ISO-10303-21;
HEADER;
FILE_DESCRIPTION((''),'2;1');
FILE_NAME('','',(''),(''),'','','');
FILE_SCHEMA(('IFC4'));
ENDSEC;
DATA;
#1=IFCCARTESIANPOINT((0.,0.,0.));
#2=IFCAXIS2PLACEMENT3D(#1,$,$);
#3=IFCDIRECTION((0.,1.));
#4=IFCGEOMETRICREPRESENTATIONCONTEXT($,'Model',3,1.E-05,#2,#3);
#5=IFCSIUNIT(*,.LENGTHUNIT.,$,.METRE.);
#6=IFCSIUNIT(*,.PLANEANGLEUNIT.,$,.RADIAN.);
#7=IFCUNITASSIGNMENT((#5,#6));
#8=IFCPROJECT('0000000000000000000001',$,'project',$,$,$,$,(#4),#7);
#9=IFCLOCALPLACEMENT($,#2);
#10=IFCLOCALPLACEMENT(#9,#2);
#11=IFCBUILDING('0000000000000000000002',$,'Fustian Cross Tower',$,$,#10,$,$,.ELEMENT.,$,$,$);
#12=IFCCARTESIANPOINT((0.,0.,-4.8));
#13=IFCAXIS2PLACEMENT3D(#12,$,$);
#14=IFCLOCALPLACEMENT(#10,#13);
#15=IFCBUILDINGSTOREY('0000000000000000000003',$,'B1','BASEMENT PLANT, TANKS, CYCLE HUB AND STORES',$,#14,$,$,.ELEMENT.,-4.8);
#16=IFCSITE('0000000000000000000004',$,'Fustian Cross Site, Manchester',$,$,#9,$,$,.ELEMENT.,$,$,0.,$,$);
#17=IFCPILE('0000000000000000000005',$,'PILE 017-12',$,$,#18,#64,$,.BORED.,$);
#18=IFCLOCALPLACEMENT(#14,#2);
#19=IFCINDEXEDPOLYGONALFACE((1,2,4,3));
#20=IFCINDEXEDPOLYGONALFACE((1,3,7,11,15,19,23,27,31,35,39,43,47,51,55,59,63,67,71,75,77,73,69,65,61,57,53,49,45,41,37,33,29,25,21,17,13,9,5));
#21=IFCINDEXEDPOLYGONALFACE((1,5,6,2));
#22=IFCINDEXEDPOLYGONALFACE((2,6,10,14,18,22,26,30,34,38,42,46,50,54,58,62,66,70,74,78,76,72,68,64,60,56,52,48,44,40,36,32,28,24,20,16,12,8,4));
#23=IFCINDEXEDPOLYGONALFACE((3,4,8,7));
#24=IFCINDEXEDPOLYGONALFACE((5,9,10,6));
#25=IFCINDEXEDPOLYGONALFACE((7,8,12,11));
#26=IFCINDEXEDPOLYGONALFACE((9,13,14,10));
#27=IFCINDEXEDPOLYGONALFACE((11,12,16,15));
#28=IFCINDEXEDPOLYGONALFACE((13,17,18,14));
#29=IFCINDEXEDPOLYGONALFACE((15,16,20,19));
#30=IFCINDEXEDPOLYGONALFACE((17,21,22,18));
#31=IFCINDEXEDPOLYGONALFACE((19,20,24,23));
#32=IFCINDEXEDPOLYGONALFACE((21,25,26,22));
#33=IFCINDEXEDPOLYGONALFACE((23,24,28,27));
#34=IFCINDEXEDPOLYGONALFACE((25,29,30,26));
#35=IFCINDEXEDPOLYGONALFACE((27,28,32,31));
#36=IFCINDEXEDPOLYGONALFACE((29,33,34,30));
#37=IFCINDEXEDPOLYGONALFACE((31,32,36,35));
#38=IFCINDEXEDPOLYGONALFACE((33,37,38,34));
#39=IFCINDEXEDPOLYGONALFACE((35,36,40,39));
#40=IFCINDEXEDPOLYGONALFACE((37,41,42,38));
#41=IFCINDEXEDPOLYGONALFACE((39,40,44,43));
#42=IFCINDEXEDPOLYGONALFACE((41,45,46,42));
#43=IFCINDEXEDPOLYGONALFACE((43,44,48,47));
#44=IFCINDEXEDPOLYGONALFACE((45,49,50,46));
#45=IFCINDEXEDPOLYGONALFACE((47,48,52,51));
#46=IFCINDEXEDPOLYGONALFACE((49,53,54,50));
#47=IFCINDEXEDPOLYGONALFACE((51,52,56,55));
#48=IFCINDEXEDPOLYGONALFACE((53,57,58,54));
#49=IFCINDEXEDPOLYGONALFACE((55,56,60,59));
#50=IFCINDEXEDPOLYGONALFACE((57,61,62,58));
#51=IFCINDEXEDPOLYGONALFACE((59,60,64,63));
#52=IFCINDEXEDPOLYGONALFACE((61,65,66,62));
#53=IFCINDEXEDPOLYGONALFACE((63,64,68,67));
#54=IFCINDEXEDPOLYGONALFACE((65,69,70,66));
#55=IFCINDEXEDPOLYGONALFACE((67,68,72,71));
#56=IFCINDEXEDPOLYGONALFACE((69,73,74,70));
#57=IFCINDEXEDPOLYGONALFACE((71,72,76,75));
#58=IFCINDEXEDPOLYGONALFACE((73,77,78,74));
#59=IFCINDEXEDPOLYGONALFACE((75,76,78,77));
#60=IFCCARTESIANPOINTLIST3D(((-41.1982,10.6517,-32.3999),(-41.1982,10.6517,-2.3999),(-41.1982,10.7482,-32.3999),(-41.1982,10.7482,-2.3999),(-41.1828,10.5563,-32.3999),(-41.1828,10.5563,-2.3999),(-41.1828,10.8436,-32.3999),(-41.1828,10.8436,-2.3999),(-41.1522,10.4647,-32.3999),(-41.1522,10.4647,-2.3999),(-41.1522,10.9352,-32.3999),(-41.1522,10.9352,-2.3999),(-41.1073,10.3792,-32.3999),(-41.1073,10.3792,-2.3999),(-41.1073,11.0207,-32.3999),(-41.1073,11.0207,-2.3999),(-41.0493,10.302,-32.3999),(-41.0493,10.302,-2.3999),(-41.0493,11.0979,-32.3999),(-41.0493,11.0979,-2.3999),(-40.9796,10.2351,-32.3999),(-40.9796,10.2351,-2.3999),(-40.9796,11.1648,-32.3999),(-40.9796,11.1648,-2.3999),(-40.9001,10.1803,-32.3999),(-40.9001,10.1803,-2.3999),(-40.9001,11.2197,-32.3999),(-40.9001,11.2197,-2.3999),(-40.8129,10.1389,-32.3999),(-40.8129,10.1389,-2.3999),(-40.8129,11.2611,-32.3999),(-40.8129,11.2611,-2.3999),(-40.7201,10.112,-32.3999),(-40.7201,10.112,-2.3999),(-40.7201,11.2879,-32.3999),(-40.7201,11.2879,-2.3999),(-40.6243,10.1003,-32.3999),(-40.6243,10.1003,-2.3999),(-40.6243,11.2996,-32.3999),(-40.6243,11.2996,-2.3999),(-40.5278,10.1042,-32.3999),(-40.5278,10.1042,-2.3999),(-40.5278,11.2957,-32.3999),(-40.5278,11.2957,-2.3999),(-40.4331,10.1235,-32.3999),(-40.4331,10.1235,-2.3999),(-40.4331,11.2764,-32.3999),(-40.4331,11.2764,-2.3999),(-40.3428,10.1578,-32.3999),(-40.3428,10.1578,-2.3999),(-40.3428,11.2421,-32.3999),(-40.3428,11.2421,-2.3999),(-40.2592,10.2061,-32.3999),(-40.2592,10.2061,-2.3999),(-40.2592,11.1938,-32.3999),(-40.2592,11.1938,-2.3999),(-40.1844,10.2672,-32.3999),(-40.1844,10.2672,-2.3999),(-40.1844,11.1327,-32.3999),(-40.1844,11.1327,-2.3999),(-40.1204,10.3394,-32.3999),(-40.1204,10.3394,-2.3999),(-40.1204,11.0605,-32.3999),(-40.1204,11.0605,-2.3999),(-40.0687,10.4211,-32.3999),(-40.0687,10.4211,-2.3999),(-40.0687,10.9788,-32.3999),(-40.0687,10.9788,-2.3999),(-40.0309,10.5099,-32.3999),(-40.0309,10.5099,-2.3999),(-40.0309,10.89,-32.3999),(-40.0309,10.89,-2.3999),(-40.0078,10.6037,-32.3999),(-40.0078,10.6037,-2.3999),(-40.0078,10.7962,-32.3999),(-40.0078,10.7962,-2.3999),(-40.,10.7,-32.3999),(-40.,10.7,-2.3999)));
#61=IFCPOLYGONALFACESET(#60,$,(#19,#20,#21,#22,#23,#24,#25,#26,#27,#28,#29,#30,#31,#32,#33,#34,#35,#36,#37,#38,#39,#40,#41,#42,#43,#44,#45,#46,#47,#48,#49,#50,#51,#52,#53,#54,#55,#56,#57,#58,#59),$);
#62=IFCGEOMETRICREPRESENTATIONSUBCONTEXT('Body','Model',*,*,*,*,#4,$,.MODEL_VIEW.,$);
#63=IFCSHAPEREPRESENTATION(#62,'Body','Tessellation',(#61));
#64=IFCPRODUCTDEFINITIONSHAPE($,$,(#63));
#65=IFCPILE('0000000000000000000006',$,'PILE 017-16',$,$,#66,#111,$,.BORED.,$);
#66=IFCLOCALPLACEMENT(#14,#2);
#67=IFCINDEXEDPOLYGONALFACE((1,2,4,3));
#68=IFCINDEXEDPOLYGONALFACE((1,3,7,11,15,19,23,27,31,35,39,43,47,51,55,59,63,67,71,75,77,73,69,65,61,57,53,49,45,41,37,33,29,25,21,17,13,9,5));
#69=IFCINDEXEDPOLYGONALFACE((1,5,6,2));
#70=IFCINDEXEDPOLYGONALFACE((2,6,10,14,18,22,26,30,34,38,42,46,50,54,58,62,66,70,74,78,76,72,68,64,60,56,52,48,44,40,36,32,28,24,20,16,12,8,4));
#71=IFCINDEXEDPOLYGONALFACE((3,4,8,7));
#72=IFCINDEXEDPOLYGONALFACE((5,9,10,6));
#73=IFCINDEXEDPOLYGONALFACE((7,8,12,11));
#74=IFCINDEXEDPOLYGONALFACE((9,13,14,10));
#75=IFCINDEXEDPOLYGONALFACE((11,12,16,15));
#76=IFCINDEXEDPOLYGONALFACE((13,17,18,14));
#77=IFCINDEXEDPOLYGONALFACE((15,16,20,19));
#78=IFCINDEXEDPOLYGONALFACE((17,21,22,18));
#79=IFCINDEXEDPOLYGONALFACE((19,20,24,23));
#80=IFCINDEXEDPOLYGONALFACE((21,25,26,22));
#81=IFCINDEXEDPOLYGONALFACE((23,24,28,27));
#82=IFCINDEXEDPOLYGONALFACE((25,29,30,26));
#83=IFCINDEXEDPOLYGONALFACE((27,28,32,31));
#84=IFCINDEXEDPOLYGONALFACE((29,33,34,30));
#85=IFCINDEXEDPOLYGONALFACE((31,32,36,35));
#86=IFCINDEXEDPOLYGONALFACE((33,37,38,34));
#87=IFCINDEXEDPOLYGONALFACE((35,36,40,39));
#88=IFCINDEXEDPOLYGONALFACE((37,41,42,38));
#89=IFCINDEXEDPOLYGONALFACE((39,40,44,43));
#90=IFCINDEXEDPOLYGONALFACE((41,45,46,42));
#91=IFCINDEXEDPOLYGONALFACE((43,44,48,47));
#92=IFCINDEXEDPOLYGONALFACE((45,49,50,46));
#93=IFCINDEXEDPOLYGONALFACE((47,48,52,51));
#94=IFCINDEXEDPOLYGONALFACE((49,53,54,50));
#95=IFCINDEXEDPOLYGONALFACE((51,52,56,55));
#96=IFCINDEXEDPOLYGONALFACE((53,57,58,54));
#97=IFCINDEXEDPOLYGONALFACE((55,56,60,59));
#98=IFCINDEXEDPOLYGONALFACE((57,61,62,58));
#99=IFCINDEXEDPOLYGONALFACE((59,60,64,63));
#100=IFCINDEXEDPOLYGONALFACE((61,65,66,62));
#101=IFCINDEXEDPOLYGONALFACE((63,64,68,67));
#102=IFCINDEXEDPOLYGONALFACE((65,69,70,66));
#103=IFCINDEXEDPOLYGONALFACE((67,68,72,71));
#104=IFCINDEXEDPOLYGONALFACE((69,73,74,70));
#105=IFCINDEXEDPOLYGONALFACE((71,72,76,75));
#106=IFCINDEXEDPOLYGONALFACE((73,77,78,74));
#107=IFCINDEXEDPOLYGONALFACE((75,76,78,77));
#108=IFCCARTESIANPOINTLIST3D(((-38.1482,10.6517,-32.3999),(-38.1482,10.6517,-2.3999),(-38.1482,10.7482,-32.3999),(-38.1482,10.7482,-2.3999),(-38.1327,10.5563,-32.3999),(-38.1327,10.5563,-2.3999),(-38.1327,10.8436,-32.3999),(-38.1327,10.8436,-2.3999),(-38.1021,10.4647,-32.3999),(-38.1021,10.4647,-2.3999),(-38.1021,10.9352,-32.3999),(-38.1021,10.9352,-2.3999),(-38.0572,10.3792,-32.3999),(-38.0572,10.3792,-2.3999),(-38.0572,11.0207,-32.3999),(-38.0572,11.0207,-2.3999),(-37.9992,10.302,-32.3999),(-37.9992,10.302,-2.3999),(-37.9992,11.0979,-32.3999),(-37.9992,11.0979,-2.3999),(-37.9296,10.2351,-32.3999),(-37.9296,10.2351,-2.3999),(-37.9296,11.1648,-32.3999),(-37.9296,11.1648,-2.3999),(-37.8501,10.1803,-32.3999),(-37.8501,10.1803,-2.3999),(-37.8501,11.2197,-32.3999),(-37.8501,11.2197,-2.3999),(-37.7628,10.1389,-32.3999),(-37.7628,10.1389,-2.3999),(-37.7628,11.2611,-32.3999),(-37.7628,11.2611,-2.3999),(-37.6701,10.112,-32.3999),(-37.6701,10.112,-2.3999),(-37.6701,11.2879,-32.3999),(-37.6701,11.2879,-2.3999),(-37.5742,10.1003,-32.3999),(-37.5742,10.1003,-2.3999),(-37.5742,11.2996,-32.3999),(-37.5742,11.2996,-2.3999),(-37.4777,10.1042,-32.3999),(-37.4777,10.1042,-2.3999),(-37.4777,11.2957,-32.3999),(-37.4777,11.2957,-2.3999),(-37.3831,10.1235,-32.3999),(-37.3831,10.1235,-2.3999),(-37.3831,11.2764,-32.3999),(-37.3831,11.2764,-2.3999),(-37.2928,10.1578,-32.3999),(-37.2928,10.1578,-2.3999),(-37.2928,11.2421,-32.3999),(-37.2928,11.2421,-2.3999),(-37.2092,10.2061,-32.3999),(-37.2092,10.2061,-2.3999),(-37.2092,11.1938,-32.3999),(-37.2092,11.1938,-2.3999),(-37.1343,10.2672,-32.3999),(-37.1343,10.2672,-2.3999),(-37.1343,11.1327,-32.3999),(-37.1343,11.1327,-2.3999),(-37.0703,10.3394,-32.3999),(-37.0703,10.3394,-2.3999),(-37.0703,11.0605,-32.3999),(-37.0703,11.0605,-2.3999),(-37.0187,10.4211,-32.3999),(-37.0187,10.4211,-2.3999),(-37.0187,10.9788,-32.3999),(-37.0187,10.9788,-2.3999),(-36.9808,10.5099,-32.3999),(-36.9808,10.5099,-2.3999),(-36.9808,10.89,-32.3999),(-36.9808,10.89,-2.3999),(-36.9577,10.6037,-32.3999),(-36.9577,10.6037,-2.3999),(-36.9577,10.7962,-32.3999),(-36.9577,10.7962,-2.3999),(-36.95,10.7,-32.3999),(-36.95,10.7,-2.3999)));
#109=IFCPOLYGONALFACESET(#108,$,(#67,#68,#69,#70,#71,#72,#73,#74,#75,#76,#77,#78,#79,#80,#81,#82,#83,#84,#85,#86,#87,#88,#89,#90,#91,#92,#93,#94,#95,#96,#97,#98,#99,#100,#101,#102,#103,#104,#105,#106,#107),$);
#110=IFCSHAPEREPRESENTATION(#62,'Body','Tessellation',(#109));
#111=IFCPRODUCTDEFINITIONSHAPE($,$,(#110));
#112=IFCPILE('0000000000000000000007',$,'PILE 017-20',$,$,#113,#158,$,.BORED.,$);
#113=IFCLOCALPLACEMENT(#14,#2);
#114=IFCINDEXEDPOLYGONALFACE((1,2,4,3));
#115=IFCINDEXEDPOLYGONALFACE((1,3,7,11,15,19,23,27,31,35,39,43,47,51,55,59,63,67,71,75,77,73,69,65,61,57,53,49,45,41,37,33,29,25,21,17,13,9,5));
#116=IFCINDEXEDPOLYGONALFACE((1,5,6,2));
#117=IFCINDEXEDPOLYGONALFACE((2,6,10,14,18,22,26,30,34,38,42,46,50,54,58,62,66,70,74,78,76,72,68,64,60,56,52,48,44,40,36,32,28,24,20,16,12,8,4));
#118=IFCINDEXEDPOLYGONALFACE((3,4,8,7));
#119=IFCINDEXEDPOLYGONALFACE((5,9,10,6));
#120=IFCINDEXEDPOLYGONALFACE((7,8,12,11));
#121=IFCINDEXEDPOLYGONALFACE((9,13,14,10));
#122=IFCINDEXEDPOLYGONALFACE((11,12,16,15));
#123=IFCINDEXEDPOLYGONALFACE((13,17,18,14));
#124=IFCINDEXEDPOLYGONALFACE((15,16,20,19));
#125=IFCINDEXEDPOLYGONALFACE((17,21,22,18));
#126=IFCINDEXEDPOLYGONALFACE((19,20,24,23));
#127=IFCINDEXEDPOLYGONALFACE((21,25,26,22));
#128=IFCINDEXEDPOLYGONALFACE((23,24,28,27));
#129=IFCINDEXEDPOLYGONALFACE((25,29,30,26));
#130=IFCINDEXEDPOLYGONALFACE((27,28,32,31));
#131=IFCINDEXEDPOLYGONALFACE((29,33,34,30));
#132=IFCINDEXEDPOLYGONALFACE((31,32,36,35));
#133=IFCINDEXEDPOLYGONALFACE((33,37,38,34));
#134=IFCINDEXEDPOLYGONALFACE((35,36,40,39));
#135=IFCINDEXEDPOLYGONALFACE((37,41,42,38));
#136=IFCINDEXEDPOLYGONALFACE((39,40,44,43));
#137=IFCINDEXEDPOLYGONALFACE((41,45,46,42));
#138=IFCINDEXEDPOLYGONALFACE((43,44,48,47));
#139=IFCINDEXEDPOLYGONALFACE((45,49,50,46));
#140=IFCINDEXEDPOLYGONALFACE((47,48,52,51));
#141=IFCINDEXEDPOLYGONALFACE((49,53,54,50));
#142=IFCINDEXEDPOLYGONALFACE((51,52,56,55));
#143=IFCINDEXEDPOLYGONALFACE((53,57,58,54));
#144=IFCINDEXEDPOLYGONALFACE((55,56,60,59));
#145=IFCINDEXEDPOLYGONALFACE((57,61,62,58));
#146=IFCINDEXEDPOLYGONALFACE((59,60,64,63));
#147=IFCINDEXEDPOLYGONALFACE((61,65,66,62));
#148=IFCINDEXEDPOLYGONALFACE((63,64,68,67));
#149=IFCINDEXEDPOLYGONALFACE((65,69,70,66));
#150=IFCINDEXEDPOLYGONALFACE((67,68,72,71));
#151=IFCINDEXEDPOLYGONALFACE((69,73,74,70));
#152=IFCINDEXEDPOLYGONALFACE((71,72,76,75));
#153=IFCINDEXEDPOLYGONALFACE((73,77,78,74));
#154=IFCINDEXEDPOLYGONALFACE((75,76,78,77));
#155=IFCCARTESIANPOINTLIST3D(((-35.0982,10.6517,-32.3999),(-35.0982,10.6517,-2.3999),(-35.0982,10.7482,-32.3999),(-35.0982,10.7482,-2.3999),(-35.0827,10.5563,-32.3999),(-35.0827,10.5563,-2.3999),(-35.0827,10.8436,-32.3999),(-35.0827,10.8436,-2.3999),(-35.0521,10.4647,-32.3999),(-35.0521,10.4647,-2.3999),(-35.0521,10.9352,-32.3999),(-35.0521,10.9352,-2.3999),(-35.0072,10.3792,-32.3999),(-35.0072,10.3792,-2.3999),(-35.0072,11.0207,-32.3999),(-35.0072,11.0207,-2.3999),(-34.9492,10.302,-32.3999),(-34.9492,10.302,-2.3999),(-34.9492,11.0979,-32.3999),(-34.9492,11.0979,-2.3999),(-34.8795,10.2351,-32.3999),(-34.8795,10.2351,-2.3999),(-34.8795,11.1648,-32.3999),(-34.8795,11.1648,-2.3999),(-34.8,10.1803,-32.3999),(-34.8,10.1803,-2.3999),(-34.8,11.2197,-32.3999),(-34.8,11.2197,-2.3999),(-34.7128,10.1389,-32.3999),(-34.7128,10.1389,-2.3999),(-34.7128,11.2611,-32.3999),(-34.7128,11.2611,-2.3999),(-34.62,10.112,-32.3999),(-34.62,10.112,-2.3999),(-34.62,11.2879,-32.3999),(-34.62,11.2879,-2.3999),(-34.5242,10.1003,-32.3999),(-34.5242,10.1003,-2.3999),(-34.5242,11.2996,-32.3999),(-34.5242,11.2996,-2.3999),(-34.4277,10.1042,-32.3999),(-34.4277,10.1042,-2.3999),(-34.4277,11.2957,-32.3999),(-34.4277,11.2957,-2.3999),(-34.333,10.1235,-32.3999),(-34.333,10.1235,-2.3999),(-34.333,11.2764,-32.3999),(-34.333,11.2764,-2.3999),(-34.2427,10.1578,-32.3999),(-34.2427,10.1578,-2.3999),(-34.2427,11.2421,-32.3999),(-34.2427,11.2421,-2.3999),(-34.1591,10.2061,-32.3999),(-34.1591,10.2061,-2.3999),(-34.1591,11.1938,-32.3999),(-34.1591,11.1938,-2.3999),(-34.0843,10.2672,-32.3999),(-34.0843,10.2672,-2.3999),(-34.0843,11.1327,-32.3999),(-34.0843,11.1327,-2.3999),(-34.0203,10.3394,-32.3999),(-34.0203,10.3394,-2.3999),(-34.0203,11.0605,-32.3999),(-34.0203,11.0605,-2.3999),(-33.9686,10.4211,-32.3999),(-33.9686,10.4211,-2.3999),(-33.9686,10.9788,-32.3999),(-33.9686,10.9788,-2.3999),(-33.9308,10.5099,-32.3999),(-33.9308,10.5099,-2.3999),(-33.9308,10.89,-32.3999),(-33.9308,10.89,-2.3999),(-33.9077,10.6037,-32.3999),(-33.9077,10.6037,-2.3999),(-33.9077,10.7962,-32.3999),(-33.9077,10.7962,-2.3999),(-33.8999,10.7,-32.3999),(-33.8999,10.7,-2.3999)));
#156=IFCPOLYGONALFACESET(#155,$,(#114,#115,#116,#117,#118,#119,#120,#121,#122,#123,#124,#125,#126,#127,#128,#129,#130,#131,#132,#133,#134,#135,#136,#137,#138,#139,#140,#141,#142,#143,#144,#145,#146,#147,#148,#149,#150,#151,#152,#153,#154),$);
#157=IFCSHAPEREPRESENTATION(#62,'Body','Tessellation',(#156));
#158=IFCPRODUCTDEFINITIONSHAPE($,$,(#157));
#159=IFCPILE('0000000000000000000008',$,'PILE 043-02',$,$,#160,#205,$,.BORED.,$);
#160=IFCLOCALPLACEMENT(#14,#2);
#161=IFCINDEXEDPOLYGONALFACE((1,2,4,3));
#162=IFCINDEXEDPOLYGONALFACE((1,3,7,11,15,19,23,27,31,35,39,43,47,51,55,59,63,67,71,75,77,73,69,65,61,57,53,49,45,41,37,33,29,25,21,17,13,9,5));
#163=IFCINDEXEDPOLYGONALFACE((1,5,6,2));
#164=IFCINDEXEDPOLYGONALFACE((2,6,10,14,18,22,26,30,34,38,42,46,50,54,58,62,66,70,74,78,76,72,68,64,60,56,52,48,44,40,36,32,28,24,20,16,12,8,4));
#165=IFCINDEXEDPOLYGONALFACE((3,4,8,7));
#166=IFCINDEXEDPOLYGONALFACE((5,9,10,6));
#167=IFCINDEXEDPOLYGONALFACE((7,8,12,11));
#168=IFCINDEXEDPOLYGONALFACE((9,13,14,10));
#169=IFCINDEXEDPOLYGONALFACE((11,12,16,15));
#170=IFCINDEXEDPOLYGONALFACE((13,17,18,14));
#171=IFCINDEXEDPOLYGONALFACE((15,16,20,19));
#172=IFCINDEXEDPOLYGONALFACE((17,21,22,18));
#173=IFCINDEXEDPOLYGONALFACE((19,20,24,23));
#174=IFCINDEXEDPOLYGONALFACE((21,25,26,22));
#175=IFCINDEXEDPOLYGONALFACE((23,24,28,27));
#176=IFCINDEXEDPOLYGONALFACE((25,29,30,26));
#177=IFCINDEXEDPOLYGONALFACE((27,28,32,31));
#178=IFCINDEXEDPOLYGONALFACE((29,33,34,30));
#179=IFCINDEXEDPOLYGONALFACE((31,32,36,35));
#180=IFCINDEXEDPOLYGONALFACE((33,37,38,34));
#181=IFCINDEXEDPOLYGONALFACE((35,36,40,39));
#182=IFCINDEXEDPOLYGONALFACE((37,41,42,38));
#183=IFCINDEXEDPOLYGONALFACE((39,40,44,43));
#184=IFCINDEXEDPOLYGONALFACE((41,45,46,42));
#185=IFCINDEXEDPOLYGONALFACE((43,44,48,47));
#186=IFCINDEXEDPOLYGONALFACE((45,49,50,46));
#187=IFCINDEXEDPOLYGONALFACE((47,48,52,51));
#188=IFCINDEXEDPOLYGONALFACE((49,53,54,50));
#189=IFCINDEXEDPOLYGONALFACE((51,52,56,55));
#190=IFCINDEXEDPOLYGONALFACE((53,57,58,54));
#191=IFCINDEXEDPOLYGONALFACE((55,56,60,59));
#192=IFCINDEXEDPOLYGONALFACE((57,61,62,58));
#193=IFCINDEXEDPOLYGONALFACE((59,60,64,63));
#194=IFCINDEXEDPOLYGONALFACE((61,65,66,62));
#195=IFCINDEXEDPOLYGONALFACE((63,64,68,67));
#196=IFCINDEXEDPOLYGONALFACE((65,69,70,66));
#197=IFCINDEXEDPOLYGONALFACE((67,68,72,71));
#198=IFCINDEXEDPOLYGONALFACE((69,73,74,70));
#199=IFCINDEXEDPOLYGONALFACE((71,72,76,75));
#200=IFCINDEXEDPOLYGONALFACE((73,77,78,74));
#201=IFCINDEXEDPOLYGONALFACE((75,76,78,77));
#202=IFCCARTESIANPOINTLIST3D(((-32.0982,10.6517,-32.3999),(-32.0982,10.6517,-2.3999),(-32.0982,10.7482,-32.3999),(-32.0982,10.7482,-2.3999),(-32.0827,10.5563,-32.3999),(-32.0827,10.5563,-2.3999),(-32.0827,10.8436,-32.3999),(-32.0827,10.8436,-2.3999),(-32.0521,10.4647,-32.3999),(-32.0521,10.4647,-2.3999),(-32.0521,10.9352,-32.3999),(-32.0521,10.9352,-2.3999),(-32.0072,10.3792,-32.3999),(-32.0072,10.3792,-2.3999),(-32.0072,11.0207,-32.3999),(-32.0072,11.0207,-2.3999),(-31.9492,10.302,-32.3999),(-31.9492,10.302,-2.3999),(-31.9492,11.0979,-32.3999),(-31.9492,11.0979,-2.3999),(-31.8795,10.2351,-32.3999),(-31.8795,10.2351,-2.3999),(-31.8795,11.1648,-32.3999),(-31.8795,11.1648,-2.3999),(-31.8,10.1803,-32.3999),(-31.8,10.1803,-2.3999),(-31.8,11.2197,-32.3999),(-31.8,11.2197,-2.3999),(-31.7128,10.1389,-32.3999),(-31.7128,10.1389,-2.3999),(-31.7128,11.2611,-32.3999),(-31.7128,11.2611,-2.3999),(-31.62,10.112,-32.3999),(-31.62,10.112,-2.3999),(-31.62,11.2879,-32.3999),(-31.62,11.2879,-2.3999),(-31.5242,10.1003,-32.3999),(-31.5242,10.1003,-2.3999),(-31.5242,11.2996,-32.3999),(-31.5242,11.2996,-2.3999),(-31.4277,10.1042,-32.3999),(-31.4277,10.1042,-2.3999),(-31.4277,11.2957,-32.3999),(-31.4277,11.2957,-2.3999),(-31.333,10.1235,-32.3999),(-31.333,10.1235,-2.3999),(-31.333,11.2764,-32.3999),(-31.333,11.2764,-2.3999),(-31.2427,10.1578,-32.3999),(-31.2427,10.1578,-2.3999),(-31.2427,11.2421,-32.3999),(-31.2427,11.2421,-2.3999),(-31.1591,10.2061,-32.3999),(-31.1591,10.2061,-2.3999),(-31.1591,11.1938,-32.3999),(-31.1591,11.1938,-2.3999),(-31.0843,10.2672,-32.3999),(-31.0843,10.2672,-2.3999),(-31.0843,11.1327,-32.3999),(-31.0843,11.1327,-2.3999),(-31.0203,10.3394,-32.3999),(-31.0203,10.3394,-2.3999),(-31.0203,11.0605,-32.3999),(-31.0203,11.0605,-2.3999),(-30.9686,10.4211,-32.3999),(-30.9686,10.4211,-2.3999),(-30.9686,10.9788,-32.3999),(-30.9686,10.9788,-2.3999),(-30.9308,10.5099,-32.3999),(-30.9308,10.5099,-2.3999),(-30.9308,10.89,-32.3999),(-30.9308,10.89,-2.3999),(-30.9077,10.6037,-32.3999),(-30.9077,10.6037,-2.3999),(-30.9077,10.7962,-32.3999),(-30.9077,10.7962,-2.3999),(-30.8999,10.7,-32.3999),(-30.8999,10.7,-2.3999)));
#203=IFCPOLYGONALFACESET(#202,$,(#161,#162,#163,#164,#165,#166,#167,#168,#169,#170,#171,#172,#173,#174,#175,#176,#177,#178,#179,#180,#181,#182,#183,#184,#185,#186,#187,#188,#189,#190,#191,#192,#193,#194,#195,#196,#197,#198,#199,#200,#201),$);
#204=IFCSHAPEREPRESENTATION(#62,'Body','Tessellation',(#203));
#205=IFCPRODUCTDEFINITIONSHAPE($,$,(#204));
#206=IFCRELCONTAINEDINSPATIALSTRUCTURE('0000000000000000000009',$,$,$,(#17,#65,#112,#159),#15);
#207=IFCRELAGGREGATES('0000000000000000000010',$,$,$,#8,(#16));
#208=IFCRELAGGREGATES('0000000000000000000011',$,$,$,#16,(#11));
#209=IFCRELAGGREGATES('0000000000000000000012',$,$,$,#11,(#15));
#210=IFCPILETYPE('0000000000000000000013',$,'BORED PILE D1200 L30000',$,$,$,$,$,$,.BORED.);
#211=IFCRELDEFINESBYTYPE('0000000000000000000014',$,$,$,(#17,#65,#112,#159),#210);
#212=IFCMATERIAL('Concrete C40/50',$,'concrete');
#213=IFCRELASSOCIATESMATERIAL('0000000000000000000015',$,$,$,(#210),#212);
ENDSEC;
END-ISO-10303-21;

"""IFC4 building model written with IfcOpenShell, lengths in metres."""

from ifc_helpers import new_model, si_unit, direction, frame, origin, origin_2d, place, context, subcontext, project, spatial, circle, extrude, material, material_profile, profile_set, type_object, element, save


model = new_model("IFC4")

# Units and contexts
model_context = context("Model", 3, precision=1e-05, world=origin(), true_north=direction((0.0, 1.0)))
body_context = subcontext(model_context, "Body", "Model", "MODEL_VIEW")
ifc_project = project(units=[si_unit("LENGTHUNIT", "METRE"), si_unit("PLANEANGLEUNIT", "RADIAN")], contexts=[model_context])

# Site, building, storey
site_placement = place(None, origin())
site = spatial("IfcSite", under=ifc_project, at=site_placement, Name="Fustian Cross Site, Manchester", CompositionType="ELEMENT", RefElevation=0.0)
building_placement = place(site_placement, origin())
building = spatial("IfcBuilding", under=site, at=building_placement, Name="Fustian Cross Tower", CompositionType="ELEMENT")
storey_placement = place(building_placement, frame((0.0, 0.0, -4.8)))
storey = spatial("IfcBuildingStorey", under=building, at=storey_placement, Name="B1", Description="BASEMENT PLANT, TANKS, CYCLE HUB AND STORES", CompositionType="ELEMENT", Elevation=-4.8)

# Piles
ifc_material_1 = material(Name="Concrete C40/50", Category="concrete")
ifc_material_profile_1 = material_profile(ifc_material_1, circle(Radius=0.6001, at=origin_2d()), Name="BORED PILE D1200 L30000")
ifc_profile_set_1 = profile_set([ifc_material_profile_1], Name="Concrete C40/50")
pile_type_1 = type_object("IfcPileType", Name="BORED PILE D1200 L30000", PredefinedType="BORED", material=ifc_profile_set_1)
for number, where, z_axis, x_axis, name in (
    (1, (-40.6001, 10.7, -2.3999), (0.0, 0.0, -1.0), (1.0, 0.0, 0.0), "PILE 017-12"),
    (2, (-37.55, 10.7, -2.3999), (0.0, 0.0, -1.0), (1.0, 0.0, 0.0), "PILE 017-16"),
    (3, (-34.5, 10.7, -2.3999), (0.0, 0.0, -1.0), (1.0, 0.0, 0.0), "PILE 017-20"),
    (4, (-31.5, 10.7, -2.3999), (0.0, 0.0, -1.0), (1.0, 0.0, 0.0), "PILE 043-02"),
):
    element("IfcPile", number, at=place(storey_placement, frame(where, z_axis=z_axis, x_axis=x_axis)), inside=storey, type_object=pile_type_1, Name=name, PredefinedType="BORED", context=body_context, shape_type="SweptSolid", body=[
        extrude(circle(Radius=0.6001, at=origin_2d()), origin(), (0.0, 0.0, 1.0), 30.0),
    ])

save(model, "model.ifc")
